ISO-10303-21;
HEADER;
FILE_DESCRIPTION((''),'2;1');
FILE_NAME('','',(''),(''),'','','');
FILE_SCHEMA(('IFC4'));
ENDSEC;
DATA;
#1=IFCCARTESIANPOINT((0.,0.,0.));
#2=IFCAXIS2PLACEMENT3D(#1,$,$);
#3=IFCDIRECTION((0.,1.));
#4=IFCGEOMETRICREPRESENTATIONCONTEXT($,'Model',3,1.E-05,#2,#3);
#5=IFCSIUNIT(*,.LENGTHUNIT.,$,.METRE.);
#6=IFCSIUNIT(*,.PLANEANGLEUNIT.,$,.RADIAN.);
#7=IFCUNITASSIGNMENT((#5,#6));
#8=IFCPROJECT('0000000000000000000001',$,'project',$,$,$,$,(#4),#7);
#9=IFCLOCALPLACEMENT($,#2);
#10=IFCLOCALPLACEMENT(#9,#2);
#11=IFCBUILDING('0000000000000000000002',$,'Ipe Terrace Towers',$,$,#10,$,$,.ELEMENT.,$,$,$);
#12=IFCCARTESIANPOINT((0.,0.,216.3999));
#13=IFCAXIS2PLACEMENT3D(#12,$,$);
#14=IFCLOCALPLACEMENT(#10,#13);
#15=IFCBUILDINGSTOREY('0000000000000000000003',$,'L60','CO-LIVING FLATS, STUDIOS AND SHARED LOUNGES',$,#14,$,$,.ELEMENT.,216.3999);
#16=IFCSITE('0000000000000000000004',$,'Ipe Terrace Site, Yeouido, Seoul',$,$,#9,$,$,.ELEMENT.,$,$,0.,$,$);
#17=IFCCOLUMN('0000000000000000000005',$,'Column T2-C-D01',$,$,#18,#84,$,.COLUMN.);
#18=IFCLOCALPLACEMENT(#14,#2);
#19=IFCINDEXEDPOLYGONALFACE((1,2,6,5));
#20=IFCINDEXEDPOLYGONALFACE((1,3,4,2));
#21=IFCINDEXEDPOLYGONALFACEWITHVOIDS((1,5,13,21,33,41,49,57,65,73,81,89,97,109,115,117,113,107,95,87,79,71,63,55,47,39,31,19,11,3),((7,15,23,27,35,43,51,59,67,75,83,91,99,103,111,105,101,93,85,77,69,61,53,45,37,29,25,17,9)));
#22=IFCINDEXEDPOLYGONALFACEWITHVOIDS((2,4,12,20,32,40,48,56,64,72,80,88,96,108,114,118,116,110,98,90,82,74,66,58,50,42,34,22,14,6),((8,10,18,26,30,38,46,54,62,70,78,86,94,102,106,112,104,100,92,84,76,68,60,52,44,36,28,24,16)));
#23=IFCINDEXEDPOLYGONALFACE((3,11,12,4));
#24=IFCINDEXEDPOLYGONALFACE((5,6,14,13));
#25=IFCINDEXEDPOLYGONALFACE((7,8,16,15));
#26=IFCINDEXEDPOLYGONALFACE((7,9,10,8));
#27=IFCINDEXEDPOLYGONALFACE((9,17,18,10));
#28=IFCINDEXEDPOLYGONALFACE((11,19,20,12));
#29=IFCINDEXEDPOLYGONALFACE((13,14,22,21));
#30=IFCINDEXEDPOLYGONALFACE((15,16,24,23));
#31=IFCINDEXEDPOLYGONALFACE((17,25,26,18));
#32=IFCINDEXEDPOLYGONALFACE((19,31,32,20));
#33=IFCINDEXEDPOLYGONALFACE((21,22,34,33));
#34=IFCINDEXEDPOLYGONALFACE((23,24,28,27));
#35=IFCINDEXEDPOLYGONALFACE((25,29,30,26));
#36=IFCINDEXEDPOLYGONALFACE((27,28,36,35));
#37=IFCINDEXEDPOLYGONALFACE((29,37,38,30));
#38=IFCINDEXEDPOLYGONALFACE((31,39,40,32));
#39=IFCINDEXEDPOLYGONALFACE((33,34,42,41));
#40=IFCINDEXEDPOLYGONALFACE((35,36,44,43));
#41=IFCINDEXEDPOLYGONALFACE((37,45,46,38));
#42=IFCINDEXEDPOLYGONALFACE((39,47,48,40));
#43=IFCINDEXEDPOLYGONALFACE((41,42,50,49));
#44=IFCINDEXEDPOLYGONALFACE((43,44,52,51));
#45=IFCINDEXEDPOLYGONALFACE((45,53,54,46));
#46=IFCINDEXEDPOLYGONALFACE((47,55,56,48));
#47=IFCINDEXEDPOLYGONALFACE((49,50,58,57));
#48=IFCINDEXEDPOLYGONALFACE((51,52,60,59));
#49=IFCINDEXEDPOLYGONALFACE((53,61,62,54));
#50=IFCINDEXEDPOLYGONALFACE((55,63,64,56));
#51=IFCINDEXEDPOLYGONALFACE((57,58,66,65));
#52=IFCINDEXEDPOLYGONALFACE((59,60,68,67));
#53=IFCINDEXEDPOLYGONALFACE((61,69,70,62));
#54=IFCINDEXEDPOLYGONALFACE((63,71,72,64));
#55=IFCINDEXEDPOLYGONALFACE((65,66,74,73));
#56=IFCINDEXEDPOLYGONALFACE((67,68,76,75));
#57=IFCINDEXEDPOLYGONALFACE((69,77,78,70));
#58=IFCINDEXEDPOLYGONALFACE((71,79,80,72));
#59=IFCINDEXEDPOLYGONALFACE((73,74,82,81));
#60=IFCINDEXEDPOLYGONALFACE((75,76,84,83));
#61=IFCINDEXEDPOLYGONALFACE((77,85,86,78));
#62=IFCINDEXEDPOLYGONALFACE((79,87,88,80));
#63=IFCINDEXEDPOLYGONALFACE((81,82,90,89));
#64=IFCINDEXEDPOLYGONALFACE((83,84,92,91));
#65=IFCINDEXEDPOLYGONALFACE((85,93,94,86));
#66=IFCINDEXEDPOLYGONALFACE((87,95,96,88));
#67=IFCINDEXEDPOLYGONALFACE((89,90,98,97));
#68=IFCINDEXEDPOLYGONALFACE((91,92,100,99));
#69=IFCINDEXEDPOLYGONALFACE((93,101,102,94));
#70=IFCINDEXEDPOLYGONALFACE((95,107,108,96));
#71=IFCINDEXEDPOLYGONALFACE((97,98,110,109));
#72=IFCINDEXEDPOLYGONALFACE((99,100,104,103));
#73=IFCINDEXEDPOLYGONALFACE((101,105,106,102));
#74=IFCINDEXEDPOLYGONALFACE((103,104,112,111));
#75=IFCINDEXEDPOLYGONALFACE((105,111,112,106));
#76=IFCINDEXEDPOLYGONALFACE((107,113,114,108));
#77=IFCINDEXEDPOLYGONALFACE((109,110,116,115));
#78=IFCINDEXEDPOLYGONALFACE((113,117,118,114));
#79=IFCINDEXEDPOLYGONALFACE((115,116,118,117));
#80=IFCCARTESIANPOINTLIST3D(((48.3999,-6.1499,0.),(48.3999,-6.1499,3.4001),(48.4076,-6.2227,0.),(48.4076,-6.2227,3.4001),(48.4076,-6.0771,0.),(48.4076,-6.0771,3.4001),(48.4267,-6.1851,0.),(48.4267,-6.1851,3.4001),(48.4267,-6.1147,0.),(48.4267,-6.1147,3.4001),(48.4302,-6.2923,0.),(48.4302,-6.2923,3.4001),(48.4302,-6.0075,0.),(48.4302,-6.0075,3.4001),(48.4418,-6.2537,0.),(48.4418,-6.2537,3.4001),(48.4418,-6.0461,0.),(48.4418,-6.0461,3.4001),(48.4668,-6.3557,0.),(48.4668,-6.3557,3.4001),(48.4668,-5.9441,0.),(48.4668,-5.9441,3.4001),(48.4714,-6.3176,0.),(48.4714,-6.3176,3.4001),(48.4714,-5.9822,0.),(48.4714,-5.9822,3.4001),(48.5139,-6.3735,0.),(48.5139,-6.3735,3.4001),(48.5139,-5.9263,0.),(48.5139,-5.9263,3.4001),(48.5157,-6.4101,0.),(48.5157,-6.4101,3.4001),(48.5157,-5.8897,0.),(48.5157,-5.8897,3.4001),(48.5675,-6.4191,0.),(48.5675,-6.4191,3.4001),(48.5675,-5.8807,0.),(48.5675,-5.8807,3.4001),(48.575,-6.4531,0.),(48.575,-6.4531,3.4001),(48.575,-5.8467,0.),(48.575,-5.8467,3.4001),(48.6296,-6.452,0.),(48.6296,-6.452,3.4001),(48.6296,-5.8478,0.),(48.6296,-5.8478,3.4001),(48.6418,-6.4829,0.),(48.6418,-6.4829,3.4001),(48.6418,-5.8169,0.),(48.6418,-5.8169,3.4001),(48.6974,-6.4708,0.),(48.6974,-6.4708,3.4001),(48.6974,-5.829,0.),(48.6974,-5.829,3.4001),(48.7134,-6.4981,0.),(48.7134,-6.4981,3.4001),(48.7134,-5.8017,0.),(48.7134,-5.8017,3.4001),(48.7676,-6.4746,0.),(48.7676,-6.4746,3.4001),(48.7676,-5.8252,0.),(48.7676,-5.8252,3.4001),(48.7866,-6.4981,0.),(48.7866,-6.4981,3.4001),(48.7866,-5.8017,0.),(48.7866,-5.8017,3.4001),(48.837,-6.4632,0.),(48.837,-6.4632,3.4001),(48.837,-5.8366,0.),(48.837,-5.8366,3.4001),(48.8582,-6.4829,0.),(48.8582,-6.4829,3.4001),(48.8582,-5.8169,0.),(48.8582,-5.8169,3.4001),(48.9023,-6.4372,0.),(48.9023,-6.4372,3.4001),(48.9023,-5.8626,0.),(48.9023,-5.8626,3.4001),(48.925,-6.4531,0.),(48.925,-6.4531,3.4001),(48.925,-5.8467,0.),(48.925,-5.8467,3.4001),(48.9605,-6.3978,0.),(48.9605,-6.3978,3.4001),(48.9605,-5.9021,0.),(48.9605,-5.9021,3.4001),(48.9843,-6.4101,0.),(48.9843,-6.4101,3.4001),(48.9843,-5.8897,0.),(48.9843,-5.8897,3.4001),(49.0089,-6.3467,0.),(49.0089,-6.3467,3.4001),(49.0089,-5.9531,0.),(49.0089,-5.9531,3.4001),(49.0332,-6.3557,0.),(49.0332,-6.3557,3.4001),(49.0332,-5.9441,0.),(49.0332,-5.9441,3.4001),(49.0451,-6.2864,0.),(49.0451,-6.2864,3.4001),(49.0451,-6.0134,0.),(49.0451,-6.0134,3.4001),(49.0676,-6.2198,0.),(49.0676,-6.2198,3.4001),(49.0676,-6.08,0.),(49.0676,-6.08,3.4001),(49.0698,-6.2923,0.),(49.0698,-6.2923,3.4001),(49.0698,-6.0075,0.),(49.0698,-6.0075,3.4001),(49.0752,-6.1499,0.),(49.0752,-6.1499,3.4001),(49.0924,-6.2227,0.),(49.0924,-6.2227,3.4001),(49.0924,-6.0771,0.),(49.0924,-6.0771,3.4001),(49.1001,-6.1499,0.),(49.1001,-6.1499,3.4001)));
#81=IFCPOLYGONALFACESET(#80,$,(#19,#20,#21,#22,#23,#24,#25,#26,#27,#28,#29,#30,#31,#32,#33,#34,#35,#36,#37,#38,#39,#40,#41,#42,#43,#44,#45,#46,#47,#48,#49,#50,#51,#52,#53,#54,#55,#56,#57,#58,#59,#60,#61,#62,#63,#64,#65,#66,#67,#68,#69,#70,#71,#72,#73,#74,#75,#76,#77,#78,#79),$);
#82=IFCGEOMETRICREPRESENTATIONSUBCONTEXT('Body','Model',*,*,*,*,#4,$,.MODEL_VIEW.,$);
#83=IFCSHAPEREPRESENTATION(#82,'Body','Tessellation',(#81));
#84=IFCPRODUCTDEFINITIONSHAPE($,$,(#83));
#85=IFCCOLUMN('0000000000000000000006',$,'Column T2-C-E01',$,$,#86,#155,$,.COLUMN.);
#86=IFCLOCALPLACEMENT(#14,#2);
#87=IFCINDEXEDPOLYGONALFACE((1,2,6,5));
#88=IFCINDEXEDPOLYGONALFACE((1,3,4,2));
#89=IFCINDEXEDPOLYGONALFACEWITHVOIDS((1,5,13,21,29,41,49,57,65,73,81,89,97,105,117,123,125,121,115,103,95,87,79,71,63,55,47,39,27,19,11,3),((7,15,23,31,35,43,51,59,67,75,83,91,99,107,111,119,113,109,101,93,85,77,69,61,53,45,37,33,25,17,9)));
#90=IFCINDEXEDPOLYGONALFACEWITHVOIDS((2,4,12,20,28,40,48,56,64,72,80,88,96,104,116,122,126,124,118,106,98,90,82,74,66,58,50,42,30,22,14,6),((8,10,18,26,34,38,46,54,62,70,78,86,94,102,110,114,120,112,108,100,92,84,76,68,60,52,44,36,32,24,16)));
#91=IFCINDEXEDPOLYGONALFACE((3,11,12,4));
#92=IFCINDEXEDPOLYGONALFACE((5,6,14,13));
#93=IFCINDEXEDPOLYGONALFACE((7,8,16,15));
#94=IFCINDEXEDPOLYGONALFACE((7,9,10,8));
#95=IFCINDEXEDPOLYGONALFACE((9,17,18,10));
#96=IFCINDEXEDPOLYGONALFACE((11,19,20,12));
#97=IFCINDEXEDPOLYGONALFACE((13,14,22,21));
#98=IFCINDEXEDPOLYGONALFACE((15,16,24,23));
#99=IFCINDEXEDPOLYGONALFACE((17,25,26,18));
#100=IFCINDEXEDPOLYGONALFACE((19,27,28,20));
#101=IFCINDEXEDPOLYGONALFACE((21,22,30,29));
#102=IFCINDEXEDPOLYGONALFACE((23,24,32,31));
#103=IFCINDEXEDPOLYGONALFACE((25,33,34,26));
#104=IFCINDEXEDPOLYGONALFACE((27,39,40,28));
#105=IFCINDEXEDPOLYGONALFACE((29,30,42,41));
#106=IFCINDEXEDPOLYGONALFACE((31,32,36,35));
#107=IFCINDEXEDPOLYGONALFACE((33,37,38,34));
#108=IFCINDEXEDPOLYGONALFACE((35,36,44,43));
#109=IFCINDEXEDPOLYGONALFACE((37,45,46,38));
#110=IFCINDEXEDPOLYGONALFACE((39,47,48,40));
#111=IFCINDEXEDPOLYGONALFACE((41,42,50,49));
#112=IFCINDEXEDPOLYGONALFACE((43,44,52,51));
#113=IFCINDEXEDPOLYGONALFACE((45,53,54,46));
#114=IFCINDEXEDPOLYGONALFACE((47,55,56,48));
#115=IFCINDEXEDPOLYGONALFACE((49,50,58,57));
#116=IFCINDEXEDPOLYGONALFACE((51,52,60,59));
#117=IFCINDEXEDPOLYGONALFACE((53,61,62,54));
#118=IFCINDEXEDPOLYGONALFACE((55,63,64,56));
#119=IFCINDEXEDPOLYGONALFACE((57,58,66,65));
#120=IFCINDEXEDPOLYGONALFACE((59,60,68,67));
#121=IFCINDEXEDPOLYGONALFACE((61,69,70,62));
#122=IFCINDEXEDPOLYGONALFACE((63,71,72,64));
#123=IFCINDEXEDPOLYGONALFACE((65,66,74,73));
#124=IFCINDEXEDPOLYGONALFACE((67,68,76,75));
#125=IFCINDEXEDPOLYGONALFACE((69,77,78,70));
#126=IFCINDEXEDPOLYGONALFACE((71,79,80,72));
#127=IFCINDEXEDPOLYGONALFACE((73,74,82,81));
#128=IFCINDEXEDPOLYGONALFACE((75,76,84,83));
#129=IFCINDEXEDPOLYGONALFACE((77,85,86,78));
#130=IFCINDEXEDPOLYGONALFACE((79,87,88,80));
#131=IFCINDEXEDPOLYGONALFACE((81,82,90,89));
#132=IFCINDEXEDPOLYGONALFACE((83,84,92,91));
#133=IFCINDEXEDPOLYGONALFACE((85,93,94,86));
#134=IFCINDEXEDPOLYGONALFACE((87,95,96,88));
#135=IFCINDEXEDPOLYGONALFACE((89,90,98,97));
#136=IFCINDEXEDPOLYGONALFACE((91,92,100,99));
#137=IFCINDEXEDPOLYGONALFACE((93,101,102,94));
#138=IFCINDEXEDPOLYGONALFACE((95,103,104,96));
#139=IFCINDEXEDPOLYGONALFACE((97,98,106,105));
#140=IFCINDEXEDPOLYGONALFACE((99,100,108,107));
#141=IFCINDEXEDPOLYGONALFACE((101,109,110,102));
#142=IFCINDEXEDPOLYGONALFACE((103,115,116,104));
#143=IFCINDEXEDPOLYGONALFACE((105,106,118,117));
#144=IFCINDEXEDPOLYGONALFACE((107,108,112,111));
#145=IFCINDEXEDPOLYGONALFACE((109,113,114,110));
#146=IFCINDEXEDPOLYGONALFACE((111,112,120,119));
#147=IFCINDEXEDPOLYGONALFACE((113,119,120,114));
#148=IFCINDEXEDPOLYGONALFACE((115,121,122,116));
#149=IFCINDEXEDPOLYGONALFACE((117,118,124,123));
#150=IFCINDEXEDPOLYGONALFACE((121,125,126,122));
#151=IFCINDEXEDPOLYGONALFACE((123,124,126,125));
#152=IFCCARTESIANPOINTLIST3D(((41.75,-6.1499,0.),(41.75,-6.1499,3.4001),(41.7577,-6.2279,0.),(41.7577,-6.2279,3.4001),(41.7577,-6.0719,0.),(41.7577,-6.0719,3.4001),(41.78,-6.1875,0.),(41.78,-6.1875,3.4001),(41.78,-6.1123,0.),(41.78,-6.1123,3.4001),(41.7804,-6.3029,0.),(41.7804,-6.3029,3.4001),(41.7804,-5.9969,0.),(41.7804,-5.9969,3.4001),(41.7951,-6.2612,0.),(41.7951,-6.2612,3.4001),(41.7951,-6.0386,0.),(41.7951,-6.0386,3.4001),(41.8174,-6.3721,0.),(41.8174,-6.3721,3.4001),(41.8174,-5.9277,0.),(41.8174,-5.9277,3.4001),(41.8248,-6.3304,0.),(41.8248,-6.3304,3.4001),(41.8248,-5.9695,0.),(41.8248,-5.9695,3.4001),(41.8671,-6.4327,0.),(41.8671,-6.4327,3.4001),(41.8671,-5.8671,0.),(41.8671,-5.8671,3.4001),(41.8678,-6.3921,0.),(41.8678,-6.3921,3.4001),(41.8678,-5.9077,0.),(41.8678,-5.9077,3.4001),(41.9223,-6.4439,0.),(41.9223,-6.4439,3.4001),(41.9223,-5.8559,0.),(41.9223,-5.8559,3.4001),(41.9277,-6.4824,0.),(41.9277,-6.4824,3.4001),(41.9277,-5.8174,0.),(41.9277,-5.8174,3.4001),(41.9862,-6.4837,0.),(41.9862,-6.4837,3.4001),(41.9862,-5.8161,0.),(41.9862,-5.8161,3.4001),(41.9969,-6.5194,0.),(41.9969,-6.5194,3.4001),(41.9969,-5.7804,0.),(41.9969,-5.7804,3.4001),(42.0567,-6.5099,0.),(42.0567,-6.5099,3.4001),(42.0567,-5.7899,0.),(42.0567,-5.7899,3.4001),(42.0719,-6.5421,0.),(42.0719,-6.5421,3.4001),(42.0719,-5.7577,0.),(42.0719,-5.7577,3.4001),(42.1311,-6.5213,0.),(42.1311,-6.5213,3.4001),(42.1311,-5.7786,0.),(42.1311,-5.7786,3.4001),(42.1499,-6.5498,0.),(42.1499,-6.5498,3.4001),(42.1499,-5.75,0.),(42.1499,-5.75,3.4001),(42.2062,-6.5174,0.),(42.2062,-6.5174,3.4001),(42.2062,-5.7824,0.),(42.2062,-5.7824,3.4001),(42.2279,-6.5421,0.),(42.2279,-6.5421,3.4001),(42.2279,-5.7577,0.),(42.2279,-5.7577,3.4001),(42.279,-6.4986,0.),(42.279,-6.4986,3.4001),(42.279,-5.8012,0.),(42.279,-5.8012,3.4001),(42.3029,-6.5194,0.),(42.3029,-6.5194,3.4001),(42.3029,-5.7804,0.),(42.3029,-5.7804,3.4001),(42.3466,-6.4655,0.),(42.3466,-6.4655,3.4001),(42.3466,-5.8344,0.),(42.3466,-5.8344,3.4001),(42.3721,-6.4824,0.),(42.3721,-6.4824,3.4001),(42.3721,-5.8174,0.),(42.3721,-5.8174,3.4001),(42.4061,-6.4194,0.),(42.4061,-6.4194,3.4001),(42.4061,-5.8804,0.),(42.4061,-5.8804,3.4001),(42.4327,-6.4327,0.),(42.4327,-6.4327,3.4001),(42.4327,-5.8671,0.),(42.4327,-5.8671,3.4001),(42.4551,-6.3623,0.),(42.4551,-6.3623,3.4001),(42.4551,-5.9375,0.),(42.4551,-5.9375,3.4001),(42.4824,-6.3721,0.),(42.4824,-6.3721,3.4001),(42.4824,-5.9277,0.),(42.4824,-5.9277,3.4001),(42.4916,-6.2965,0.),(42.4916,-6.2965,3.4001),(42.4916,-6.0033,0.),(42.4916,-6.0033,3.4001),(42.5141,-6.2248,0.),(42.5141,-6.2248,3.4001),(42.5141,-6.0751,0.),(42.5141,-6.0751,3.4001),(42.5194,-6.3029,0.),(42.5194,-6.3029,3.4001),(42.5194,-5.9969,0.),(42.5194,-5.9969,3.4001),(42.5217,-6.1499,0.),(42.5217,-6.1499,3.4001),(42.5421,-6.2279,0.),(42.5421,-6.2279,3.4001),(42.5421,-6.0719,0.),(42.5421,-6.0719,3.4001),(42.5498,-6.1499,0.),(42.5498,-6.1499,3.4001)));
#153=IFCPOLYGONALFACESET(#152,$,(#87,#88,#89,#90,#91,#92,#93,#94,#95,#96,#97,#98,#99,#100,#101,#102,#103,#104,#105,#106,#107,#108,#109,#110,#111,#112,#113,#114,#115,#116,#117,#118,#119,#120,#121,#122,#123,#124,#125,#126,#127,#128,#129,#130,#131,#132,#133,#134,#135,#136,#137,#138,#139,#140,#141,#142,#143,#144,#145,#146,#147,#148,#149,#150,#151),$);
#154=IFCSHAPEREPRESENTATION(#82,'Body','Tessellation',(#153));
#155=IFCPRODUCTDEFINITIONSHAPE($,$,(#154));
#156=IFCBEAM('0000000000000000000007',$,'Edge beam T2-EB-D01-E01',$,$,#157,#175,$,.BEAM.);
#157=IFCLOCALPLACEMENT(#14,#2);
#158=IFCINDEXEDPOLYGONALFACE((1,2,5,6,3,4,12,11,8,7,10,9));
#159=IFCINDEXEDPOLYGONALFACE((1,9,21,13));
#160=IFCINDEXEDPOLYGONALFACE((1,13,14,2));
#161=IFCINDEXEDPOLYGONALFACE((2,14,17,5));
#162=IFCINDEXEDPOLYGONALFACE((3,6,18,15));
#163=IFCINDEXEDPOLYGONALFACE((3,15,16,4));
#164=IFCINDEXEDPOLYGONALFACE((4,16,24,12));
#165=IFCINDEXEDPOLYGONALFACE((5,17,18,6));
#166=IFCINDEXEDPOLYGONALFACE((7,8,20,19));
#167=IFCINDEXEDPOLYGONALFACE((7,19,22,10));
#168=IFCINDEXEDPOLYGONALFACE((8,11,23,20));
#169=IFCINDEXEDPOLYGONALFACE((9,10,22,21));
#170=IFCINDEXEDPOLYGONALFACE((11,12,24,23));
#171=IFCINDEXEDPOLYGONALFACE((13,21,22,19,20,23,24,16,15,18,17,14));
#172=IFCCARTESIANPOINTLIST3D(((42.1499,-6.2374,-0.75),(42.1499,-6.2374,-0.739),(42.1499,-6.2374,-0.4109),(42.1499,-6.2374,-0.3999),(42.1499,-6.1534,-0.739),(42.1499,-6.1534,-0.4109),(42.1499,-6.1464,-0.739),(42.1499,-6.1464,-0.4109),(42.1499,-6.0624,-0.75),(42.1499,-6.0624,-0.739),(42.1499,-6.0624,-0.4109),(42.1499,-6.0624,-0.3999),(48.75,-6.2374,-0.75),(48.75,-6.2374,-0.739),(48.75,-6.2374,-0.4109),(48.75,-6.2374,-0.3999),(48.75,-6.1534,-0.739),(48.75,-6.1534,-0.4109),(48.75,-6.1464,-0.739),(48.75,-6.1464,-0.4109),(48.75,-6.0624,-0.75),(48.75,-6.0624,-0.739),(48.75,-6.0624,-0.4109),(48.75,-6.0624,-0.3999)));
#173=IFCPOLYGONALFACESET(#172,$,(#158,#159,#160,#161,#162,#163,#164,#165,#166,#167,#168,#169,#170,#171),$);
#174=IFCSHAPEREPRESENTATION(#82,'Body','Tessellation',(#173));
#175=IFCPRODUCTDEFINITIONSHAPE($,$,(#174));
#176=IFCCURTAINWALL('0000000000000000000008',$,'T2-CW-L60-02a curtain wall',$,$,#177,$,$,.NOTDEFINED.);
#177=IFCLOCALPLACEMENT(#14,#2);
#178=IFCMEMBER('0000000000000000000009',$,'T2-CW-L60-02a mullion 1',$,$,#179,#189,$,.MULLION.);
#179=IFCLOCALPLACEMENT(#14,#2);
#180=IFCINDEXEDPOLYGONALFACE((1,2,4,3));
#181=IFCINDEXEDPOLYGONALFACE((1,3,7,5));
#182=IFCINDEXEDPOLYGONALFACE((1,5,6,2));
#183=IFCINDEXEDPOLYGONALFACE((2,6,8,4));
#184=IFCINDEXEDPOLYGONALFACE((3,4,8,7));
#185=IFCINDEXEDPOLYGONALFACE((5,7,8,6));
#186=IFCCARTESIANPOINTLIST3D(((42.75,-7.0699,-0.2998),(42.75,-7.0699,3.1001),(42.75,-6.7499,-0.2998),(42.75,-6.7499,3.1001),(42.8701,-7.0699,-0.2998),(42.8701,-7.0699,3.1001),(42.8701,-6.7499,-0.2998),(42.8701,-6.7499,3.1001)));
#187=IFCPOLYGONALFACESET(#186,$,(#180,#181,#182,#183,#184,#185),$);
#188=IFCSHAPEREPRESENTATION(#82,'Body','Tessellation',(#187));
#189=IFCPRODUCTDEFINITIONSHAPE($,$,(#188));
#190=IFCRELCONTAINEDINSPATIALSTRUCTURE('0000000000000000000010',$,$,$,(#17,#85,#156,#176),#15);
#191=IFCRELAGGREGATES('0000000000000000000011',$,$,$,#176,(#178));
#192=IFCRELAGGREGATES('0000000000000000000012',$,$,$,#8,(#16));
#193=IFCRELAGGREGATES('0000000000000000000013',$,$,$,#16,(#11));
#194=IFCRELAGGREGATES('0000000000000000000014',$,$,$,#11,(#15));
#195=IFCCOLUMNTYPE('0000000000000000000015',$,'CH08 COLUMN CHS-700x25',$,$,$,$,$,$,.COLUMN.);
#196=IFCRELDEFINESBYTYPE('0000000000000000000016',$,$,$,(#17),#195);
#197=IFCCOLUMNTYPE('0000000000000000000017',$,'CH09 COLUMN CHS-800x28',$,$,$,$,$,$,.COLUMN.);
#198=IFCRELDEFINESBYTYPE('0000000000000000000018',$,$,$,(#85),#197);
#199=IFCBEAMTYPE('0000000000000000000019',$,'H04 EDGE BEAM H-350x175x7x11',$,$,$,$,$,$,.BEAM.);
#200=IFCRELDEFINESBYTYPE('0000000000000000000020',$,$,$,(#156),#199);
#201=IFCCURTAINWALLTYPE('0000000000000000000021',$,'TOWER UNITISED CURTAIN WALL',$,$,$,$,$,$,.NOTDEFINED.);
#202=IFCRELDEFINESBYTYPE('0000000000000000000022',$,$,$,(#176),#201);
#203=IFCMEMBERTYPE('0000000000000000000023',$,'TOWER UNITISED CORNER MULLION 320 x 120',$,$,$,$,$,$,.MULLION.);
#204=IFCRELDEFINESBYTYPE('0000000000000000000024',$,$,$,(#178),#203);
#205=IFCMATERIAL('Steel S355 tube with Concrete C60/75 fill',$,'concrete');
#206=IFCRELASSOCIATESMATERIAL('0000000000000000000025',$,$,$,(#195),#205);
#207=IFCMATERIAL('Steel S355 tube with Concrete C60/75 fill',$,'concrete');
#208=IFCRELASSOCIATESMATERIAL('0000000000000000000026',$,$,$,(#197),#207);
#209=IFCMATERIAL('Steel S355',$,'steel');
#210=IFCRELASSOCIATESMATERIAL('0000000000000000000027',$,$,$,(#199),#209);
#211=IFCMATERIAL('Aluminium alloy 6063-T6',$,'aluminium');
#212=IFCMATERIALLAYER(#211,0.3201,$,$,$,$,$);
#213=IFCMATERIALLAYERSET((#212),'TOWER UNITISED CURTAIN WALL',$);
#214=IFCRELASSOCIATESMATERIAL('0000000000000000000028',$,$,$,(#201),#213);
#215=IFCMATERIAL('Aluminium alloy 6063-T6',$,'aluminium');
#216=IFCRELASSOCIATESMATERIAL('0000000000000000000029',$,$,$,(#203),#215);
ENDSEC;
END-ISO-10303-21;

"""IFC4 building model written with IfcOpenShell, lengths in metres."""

from ifc_helpers import new_model, si_unit, direction, frame, origin, origin_2d, place, context, subcontext, project, spatial, rectangle, hollow_circle, i_section, extrude, material, layer, layer_set, material_profile, profile_set, type_object, element, aggregate, save


model = new_model("IFC4")

# Units and contexts
model_context = context("Model", 3, precision=1e-05, world=origin(), true_north=direction((0.0, 1.0)))
body_context = subcontext(model_context, "Body", "Model", "MODEL_VIEW")
ifc_project = project(units=[si_unit("LENGTHUNIT", "METRE"), si_unit("PLANEANGLEUNIT", "RADIAN")], contexts=[model_context])

# Site, building, storey
site_placement = place(None, origin())
site = spatial("IfcSite", under=ifc_project, at=site_placement, Name="Ipe Terrace Site, Yeouido, Seoul", CompositionType="ELEMENT", RefElevation=0.0)
building_placement = place(site_placement, origin())
building = spatial("IfcBuilding", under=site, at=building_placement, Name="Ipe Terrace Towers", CompositionType="ELEMENT")
storey_placement = place(building_placement, frame((0.0, 0.0, 216.3999)))
storey = spatial("IfcBuildingStorey", under=building, at=storey_placement, Name="L60", Description="CO-LIVING FLATS, STUDIOS AND SHARED LOUNGES", CompositionType="ELEMENT", Elevation=216.3999)

# Columns
ifc_material_1 = material(Name="Steel S355 tube with Concrete C60/75 fill", Category="concrete")
ifc_material_profile_1 = material_profile(ifc_material_1, hollow_circle(Radius=0.3501, WallThickness=0.0249, at=origin_2d()), Name="CHS-700x25")
ifc_profile_set_1 = profile_set([ifc_material_profile_1], Name="Steel S355 tube with Concrete C60/75 fill")
column_type_1 = type_object("IfcColumnType", Name="CH08 COLUMN CHS-700x25", PredefinedType="COLUMN", material=ifc_profile_set_1)
column_1_placement = place(storey_placement, frame((48.75, -6.1499, 0.0), z_axis=(0.0, 0.0, 1.0), x_axis=(1.0, 0.0, 0.0)))
element("IfcColumn", 1, at=column_1_placement, inside=storey, type_object=column_type_1, Name="Column T2-C-D01", PredefinedType="COLUMN", context=body_context, shape_type="SweptSolid", body=[
    extrude(hollow_circle(Radius=0.3501, WallThickness=0.0249, at=origin_2d()), origin(), (0.0, 0.0, 1.0), 3.4001),
])
ifc_material_2 = material(Name="Steel S355 tube with Concrete C60/75 fill", Category="concrete")
ifc_material_profile_2 = material_profile(ifc_material_2, hollow_circle(Radius=0.3999, WallThickness=0.0281, at=origin_2d()), Name="CHS-800x28")
ifc_profile_set_2 = profile_set([ifc_material_profile_2], Name="Steel S355 tube with Concrete C60/75 fill")
column_type_2 = type_object("IfcColumnType", Name="CH09 COLUMN CHS-800x28", PredefinedType="COLUMN", material=ifc_profile_set_2)
column_2_placement = place(storey_placement, frame((42.1499, -6.1499, 0.0), z_axis=(0.0, 0.0, 1.0), x_axis=(1.0, 0.0, 0.0)))
element("IfcColumn", 2, at=column_2_placement, inside=storey, type_object=column_type_2, Name="Column T2-C-E01", PredefinedType="COLUMN", context=body_context, shape_type="SweptSolid", body=[
    extrude(hollow_circle(Radius=0.3999, WallThickness=0.0281, at=origin_2d()), origin(), (0.0, 0.0, 1.0), 3.4001),
])

# Beam
ifc_material_3 = material(Name="Steel S355", Category="steel")
ifc_material_profile_3 = material_profile(ifc_material_3, i_section(OverallWidth=0.175, OverallDepth=0.3501, WebThickness=0.0071, FlangeThickness=0.011, at=origin_2d()), Name="H-350x175x7x11")
ifc_profile_set_3 = profile_set([ifc_material_profile_3], Name="Steel S355")
beam_type = type_object("IfcBeamType", Name="H04 EDGE BEAM H-350x175x7x11", PredefinedType="BEAM", material=ifc_profile_set_3)
beam_placement = place(storey_placement, frame((48.75, -6.1499, -0.575), z_axis=(-1.0, 0.0, 0.0), x_axis=(0.0, -1.0, 0.0)))
element("IfcBeam", 3, at=beam_placement, inside=storey, type_object=beam_type, Name="Edge beam T2-EB-D01-E01", PredefinedType="BEAM", context=body_context, shape_type="SweptSolid", body=[
    extrude(i_section(OverallWidth=0.175, OverallDepth=0.3501, WebThickness=0.0071, FlangeThickness=0.011, at=origin_2d()), origin(), (0.0, 0.0, 1.0), 6.6001),
])

# Curtain wall, member
ifc_material_4 = material(Name="Aluminium alloy 6063-T6", Category="aluminium")
ifc_layer_1 = layer(ifc_material_4, 0.3201)
ifc_layer_set_1 = layer_set([ifc_layer_1], Name="TOWER UNITISED CURTAIN WALL")
curtain_wall_type = type_object("IfcCurtainWallType", Name="TOWER UNITISED CURTAIN WALL", PredefinedType="NOTDEFINED", material=ifc_layer_set_1)
curtain_wall_1_placement = place(storey_placement, origin())
curtain_wall_1 = element("IfcCurtainWall", 4, at=curtain_wall_1_placement, inside=storey, type_object=curtain_wall_type, Name="T2-CW-L60-02a curtain wall", PredefinedType="NOTDEFINED")
ifc_material_5 = material(Name="Aluminium alloy 6063-T6", Category="aluminium")
ifc_material_profile_4 = material_profile(ifc_material_5, rectangle(XDim=0.3201, YDim=0.1201, at=origin_2d()), Name="TOWER UNITISED CORNER MULLION 320 x 120")
ifc_profile_set_4 = profile_set([ifc_material_profile_4], Name="Aluminium alloy 6063-T6")
member_type = type_object("IfcMemberType", Name="TOWER UNITISED CORNER MULLION 320 x 120", PredefinedType="MULLION", material=ifc_profile_set_4)
member_1_placement = place(storey_placement, frame((42.8101, -6.9099, -0.2998), z_axis=(0.0, 0.0, 1.0), x_axis=(0.0, -1.0, 0.0)))
member_1 = element("IfcMember", 5, at=member_1_placement, type_object=member_type, Name="T2-CW-L60-02a mullion 1", PredefinedType="MULLION", context=body_context, shape_type="SweptSolid", body=[
    extrude(rectangle(XDim=0.3201, YDim=0.1201, at=origin_2d()), origin(), (0.0, 0.0, 1.0), 3.3999),
])

aggregate(curtain_wall_1, [member_1])

save(model, "model.ifc")
